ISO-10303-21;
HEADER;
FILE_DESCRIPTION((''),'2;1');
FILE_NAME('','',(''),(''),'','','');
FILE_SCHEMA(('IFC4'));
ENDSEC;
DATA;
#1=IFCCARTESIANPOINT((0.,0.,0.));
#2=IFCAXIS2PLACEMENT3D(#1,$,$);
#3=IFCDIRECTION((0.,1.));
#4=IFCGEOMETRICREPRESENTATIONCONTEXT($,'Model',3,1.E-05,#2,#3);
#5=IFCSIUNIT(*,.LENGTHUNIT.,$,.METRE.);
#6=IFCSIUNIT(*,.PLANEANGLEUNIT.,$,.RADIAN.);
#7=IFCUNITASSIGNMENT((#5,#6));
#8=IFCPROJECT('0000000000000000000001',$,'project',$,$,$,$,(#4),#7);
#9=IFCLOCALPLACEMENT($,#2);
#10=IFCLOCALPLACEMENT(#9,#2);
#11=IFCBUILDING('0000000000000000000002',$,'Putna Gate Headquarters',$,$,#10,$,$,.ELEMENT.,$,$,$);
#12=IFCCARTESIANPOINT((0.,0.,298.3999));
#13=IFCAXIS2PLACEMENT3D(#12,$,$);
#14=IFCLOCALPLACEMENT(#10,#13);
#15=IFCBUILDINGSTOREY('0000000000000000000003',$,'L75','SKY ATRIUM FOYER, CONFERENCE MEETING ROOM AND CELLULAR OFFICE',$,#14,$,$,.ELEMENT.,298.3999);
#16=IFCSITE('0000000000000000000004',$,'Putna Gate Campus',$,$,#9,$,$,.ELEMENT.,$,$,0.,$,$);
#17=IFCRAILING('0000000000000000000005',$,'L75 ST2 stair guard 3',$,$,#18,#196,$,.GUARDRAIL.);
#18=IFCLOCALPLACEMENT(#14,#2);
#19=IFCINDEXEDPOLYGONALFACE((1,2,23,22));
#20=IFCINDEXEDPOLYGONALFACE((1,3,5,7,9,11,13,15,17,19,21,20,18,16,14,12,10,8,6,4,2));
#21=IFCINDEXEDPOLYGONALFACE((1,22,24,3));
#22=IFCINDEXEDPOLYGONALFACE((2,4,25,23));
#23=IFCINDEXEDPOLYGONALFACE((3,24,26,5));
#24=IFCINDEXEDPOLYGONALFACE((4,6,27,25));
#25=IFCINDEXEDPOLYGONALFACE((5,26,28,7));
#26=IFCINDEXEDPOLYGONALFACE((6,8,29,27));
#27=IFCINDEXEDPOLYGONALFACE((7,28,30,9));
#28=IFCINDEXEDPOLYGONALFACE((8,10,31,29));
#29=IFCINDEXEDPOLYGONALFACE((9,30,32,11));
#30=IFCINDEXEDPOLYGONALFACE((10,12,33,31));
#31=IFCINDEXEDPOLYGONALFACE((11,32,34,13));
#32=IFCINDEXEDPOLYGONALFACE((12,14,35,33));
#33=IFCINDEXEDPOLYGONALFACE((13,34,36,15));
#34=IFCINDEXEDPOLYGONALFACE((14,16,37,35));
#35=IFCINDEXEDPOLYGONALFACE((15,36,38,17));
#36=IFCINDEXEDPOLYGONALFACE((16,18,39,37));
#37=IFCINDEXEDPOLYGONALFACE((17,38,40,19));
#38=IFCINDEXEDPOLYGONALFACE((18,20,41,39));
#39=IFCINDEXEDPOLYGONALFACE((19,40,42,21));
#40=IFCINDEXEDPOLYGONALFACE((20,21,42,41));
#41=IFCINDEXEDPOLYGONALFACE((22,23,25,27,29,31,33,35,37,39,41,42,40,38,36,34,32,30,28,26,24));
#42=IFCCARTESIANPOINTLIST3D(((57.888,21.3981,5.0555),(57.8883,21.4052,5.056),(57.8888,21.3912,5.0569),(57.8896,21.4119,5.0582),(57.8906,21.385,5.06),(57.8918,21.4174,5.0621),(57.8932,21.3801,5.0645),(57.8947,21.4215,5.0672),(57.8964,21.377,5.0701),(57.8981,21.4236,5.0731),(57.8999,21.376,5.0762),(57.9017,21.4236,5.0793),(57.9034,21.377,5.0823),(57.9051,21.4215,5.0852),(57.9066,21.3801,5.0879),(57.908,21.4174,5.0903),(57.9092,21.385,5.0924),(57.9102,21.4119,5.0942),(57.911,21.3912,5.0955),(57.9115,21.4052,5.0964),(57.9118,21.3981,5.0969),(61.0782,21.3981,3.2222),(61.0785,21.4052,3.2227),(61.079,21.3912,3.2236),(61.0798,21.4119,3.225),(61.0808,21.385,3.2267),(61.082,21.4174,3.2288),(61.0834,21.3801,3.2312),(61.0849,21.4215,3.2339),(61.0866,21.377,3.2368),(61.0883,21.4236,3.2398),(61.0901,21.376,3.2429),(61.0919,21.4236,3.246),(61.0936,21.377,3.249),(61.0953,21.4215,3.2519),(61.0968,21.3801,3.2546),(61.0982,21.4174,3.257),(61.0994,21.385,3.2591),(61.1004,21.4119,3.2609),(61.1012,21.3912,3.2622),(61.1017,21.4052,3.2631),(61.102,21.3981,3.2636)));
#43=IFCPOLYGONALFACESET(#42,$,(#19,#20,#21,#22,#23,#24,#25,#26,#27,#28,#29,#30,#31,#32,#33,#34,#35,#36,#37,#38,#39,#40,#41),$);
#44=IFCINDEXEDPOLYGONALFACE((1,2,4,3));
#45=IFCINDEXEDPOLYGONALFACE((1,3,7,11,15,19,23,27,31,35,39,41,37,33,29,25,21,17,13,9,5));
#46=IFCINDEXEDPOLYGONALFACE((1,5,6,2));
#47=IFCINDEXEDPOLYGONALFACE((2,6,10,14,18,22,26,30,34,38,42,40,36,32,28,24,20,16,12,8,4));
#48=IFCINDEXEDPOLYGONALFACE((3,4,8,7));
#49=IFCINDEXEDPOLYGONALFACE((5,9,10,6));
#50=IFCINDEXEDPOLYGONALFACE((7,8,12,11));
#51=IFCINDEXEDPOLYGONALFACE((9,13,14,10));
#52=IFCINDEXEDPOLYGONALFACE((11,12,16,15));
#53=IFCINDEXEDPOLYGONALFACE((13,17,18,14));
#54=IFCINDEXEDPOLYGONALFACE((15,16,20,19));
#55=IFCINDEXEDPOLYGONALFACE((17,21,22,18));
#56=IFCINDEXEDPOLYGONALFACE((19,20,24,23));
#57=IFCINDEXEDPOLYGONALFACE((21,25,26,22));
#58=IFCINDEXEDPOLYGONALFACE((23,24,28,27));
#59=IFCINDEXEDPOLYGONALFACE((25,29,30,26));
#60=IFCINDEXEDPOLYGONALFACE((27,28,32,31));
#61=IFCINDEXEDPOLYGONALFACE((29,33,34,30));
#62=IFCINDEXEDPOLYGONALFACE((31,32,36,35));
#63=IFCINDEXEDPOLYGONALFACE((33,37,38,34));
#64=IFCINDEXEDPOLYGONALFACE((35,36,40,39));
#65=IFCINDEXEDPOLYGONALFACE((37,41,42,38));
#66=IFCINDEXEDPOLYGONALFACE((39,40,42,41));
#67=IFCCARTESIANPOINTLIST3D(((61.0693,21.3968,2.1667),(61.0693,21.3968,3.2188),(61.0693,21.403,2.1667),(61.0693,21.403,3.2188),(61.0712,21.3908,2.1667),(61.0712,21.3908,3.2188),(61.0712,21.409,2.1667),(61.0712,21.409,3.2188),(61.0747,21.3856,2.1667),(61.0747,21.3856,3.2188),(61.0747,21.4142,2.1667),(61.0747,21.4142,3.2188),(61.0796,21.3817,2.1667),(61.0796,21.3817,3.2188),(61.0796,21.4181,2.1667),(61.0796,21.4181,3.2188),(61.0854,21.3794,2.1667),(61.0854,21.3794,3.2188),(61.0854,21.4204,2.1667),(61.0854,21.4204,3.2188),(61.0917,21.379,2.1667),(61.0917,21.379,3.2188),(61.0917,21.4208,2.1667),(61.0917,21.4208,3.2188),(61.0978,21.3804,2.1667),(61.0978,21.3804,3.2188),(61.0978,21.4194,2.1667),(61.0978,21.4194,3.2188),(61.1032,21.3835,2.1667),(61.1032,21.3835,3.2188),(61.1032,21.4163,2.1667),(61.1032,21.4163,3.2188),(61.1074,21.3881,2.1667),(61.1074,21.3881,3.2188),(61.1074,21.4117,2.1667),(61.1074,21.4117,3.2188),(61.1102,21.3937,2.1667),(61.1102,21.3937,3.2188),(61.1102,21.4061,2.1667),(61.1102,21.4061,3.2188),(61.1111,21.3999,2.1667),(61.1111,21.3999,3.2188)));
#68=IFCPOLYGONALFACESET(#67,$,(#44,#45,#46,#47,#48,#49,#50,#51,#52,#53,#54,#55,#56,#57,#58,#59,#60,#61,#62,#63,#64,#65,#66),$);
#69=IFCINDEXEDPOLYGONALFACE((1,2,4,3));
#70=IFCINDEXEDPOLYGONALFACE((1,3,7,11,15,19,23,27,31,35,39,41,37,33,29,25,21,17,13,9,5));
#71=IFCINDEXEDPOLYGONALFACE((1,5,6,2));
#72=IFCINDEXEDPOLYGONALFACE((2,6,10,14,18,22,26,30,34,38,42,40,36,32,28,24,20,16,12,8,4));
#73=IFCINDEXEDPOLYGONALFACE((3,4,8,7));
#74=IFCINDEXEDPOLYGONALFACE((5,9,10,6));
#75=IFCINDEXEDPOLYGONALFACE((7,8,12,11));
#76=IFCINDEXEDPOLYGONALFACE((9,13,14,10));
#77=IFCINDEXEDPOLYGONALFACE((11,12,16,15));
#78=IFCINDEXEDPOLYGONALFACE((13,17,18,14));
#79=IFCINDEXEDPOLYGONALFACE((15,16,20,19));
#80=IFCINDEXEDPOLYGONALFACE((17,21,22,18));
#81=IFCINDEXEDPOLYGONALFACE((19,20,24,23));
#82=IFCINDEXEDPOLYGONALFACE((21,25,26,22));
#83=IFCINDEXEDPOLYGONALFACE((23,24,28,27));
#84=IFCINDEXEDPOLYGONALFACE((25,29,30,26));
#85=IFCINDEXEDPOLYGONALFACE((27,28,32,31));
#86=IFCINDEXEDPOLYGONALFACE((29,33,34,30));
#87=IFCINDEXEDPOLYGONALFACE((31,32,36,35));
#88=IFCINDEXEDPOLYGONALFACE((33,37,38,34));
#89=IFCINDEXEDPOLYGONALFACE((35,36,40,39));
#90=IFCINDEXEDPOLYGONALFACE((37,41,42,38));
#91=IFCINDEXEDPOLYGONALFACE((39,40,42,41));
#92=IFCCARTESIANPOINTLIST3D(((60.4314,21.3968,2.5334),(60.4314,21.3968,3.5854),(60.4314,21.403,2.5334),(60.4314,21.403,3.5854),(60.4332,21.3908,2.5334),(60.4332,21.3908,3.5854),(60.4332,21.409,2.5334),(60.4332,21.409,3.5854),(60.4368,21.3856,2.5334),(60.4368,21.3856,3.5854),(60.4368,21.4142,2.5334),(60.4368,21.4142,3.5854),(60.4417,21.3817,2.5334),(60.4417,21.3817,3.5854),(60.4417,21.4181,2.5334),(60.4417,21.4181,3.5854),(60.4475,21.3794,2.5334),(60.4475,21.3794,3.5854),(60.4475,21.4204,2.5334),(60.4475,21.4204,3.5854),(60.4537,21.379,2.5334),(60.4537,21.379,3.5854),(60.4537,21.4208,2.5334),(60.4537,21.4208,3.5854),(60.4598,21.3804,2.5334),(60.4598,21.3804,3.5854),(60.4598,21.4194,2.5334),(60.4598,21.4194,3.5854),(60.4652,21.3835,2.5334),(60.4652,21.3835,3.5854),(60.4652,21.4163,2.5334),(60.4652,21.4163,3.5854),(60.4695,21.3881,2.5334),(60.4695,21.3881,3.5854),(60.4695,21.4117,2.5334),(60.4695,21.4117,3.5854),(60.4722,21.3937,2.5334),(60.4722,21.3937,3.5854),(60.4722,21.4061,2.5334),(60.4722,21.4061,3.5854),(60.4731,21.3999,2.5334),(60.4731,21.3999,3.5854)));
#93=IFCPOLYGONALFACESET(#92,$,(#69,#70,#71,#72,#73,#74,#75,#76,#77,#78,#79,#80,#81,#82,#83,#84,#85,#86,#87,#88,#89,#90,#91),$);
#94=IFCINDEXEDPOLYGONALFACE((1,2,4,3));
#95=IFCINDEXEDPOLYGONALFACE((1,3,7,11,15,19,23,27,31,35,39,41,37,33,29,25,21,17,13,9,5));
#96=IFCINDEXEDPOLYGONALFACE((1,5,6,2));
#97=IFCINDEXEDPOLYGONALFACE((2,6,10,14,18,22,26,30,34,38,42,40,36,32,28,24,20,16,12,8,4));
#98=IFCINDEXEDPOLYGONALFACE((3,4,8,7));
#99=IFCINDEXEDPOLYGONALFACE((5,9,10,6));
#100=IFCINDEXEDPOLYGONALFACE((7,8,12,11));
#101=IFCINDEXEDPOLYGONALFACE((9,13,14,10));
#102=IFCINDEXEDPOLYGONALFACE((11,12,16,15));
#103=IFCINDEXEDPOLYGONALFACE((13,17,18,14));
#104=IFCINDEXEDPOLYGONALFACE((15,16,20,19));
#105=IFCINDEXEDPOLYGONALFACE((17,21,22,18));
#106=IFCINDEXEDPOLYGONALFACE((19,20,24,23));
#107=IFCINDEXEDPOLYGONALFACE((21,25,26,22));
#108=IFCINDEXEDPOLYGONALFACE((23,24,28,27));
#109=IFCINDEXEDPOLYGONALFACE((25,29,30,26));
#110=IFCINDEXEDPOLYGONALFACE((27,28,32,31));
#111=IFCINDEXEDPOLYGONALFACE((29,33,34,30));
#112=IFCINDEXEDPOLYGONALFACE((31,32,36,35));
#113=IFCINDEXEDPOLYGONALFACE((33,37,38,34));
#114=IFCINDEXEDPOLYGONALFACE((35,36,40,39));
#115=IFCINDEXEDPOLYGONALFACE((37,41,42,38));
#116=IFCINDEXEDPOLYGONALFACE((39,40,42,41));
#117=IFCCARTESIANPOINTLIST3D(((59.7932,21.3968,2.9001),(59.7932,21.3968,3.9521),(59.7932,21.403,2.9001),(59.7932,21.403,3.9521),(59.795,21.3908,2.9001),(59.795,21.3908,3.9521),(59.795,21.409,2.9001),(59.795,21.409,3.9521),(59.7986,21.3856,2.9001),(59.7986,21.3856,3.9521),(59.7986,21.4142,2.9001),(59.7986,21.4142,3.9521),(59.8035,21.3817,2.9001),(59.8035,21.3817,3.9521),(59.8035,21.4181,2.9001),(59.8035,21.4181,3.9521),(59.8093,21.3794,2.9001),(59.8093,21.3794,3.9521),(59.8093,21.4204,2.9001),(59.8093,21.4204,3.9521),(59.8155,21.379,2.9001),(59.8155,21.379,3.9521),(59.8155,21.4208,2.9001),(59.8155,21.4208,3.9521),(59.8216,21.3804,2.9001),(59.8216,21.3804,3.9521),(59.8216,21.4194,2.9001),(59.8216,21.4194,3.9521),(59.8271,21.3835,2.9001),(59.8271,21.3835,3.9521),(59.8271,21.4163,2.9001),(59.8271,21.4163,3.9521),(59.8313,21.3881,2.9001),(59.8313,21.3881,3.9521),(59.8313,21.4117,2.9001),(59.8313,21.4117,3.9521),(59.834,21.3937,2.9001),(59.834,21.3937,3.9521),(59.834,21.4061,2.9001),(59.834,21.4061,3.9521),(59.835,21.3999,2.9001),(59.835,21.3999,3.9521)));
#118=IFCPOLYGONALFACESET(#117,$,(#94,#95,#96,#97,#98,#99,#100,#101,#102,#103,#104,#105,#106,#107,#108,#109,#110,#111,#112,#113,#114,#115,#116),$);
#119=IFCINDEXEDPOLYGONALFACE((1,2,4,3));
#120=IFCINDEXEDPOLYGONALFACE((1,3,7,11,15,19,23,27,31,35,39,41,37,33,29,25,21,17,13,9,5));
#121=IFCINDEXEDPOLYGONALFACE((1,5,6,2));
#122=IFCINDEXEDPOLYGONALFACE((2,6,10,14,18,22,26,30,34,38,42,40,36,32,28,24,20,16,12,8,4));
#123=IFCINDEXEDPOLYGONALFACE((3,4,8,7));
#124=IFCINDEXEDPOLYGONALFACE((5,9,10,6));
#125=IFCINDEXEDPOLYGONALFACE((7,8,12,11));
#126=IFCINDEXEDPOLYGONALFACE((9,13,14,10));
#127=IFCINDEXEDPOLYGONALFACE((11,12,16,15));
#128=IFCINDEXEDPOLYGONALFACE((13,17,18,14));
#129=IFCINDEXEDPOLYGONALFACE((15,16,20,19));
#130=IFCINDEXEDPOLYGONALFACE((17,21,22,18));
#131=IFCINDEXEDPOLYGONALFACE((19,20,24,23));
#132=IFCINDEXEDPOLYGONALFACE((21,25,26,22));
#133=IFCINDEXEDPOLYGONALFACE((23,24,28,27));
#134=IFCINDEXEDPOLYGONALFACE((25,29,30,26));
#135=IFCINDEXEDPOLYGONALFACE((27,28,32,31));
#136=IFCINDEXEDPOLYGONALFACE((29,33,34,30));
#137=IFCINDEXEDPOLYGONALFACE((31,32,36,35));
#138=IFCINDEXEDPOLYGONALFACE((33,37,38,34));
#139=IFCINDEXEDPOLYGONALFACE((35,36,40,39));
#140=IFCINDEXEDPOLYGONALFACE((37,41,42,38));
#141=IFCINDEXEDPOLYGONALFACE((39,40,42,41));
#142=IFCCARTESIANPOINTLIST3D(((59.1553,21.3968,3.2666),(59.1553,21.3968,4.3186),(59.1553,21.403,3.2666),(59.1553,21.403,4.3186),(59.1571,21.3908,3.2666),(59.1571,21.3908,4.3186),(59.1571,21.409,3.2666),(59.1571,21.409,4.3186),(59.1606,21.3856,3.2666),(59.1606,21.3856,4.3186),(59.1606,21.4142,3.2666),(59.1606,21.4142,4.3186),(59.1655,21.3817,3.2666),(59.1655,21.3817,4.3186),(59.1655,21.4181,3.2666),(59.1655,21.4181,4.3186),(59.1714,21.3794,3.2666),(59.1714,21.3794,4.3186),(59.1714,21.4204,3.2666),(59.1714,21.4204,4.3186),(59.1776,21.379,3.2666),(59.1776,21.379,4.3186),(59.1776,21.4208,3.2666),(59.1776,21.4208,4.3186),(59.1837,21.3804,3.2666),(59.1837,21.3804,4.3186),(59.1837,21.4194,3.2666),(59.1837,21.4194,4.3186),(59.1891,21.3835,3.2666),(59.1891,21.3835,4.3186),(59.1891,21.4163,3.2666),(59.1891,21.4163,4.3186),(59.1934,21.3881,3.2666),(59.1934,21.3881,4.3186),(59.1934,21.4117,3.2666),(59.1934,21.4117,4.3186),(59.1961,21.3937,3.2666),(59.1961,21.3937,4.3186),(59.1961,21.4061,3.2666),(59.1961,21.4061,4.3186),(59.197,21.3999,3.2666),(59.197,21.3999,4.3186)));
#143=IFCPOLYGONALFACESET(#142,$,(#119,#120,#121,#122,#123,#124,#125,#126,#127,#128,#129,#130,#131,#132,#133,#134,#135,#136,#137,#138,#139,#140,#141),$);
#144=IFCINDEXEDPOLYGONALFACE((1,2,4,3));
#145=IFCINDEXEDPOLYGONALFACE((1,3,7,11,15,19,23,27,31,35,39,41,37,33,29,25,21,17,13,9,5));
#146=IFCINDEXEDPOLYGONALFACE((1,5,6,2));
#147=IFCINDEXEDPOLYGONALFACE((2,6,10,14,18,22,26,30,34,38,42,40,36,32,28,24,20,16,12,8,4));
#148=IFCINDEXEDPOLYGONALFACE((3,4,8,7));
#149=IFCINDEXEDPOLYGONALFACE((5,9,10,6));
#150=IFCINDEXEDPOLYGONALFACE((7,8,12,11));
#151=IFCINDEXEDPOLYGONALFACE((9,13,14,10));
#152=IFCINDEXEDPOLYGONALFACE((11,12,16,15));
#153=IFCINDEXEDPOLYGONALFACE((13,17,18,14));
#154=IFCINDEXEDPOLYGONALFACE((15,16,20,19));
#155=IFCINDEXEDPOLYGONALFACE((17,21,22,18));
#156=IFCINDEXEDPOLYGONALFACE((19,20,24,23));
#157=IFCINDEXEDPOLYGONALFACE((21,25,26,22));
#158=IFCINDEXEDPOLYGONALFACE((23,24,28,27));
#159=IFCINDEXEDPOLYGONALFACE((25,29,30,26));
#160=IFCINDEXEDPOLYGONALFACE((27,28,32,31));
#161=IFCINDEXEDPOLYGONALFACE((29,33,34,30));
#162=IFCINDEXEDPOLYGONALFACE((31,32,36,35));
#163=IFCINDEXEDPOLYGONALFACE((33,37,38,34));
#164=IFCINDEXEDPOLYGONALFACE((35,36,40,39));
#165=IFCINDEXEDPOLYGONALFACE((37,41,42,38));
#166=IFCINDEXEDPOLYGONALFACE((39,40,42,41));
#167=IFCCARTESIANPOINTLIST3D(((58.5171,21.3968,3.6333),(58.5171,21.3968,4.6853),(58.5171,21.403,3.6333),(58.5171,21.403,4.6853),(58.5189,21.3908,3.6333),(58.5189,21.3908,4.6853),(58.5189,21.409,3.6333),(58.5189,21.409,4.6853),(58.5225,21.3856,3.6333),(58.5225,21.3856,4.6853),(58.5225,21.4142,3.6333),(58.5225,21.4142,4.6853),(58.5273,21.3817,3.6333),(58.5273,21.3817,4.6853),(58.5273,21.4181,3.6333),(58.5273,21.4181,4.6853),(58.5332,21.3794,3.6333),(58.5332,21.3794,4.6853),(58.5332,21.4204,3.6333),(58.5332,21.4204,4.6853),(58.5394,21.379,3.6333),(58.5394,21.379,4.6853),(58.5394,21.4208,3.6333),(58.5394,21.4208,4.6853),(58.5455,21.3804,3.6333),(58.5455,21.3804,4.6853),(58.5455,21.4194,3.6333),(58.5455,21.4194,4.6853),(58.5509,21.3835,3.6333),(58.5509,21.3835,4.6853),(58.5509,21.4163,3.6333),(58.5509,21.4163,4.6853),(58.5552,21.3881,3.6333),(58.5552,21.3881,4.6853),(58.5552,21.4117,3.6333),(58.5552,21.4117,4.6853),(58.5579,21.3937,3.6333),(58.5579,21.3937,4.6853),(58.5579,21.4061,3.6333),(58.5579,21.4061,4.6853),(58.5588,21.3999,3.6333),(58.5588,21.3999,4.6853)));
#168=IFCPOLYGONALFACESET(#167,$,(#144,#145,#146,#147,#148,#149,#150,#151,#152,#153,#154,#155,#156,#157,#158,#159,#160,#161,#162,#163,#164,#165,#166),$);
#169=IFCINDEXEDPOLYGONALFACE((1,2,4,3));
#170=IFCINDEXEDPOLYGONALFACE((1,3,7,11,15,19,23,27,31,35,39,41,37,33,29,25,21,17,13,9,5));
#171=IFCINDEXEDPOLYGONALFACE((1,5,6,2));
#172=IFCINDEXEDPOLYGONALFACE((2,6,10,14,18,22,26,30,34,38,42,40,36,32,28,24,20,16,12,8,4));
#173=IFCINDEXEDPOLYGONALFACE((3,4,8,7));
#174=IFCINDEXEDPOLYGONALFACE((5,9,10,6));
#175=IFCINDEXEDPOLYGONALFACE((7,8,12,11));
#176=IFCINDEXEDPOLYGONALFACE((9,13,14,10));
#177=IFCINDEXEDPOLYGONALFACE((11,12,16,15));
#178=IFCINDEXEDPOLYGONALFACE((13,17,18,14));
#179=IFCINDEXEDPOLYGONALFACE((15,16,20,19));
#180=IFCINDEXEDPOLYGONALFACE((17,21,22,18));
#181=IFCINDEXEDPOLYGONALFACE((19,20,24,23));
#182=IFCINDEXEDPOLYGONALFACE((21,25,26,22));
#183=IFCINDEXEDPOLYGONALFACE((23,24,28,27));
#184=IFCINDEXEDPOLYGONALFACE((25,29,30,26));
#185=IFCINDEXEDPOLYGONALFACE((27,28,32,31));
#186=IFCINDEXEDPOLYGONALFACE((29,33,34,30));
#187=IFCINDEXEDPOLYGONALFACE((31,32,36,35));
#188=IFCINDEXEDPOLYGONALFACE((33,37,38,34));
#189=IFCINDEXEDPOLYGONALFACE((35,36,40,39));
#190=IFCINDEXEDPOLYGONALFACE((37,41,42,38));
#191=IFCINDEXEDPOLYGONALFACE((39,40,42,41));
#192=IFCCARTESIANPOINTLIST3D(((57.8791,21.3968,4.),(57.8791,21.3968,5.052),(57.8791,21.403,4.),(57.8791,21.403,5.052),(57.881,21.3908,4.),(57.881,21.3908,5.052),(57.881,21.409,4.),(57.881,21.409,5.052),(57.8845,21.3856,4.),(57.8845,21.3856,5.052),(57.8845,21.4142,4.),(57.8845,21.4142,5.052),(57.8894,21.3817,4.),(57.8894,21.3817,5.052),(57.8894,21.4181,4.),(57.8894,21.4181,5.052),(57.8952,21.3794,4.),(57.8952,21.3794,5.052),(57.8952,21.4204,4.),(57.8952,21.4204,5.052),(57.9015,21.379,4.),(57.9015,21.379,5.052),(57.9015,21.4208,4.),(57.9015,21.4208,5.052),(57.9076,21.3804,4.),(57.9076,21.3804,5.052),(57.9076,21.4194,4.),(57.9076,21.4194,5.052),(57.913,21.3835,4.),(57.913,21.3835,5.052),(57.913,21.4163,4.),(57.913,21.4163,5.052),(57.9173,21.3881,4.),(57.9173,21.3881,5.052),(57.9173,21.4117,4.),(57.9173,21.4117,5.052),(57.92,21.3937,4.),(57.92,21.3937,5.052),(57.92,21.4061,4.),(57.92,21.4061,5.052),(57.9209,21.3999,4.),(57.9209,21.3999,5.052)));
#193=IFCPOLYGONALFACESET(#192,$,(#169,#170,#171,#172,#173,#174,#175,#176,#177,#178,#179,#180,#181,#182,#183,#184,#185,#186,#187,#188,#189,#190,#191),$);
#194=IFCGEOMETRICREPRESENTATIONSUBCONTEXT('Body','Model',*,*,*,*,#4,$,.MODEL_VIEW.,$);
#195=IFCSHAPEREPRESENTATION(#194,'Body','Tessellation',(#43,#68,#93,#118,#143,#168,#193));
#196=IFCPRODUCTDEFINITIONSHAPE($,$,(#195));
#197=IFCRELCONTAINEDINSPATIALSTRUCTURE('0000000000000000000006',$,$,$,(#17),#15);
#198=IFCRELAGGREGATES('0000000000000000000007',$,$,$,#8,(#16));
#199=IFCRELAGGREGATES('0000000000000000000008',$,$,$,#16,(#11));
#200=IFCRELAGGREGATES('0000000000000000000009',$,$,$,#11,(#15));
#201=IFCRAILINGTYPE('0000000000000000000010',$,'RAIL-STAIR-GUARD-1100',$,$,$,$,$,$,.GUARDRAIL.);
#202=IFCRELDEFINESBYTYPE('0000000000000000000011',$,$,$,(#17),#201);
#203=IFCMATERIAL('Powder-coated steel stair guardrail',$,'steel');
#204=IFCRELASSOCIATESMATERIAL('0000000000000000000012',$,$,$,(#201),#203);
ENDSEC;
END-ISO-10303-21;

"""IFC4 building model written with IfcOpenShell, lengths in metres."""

from ifc_helpers import new_model, si_unit, direction, frame, origin, origin_2d, place, context, subcontext, project, spatial, circle, extrude, material, type_object, element, save


model = new_model("IFC4")

# Units and contexts
model_context = context("Model", 3, precision=1e-05, world=origin(), true_north=direction((0.0, 1.0)))
body_context = subcontext(model_context, "Body", "Model", "MODEL_VIEW")
ifc_project = project(units=[si_unit("LENGTHUNIT", "METRE"), si_unit("PLANEANGLEUNIT", "RADIAN")], contexts=[model_context])

# Site, building, storey
site_placement = place(None, origin())
site = spatial("IfcSite", under=ifc_project, at=site_placement, Name="Putna Gate Campus", CompositionType="ELEMENT", RefElevation=0.0)
building_placement = place(site_placement, origin())
building = spatial("IfcBuilding", under=site, at=building_placement, Name="Putna Gate Headquarters", CompositionType="ELEMENT")
storey_placement = place(building_placement, frame((0.0, 0.0, 298.3999)))
storey = spatial("IfcBuildingStorey", under=building, at=storey_placement, Name="L75", Description="SKY ATRIUM FOYER, CONFERENCE MEETING ROOM AND CELLULAR OFFICE", CompositionType="ELEMENT", Elevation=298.3999)

# Railing
ifc_material_1 = material(Name="Powder-coated steel stair guardrail", Category="steel")
railing_type = type_object("IfcRailingType", Name="RAIL-STAIR-GUARD-1100", PredefinedType="GUARDRAIL", material=ifc_material_1)
railing_1_placement = place(storey_placement, frame((61.0901, 21.3999, 2.1667)))
element("IfcRailing", 1, at=railing_1_placement, inside=storey, type_object=railing_type, Name="L75 ST2 stair guard 3", PredefinedType="GUARDRAIL", context=body_context, shape_type="SweptSolid", body=[
    extrude(circle(Radius=0.0239, at=origin_2d()), frame((0.0, 0.0, 1.0762), z_axis=(-0.867036, 0.0, 0.498245), x_axis=(0.0, -1.0, 0.0)), (0.0, 0.0, 1.0), 3.6794),
    extrude(circle(Radius=0.021, at=origin_2d()), origin(), (0.0, 0.0, 1.0), 1.052),
    extrude(circle(Radius=0.021, at=origin_2d()), frame((-0.6379, 0.0, 0.3667)), (0.0, 0.0, 1.0), 1.052),
    extrude(circle(Radius=0.021, at=origin_2d()), frame((-1.2761, 0.0, 0.7334)), (0.0, 0.0, 1.0), 1.052),
    extrude(circle(Radius=0.021, at=origin_2d()), frame((-1.9141, 0.0, 1.0999)), (0.0, 0.0, 1.0), 1.052),
    extrude(circle(Radius=0.021, at=origin_2d()), frame((-2.5522, 0.0, 1.4666)), (0.0, 0.0, 1.0), 1.052),
    extrude(circle(Radius=0.021, at=origin_2d()), frame((-3.1902, 0.0, 1.8333)), (0.0, 0.0, 1.0), 1.052),
])

save(model, "model.ifc")
